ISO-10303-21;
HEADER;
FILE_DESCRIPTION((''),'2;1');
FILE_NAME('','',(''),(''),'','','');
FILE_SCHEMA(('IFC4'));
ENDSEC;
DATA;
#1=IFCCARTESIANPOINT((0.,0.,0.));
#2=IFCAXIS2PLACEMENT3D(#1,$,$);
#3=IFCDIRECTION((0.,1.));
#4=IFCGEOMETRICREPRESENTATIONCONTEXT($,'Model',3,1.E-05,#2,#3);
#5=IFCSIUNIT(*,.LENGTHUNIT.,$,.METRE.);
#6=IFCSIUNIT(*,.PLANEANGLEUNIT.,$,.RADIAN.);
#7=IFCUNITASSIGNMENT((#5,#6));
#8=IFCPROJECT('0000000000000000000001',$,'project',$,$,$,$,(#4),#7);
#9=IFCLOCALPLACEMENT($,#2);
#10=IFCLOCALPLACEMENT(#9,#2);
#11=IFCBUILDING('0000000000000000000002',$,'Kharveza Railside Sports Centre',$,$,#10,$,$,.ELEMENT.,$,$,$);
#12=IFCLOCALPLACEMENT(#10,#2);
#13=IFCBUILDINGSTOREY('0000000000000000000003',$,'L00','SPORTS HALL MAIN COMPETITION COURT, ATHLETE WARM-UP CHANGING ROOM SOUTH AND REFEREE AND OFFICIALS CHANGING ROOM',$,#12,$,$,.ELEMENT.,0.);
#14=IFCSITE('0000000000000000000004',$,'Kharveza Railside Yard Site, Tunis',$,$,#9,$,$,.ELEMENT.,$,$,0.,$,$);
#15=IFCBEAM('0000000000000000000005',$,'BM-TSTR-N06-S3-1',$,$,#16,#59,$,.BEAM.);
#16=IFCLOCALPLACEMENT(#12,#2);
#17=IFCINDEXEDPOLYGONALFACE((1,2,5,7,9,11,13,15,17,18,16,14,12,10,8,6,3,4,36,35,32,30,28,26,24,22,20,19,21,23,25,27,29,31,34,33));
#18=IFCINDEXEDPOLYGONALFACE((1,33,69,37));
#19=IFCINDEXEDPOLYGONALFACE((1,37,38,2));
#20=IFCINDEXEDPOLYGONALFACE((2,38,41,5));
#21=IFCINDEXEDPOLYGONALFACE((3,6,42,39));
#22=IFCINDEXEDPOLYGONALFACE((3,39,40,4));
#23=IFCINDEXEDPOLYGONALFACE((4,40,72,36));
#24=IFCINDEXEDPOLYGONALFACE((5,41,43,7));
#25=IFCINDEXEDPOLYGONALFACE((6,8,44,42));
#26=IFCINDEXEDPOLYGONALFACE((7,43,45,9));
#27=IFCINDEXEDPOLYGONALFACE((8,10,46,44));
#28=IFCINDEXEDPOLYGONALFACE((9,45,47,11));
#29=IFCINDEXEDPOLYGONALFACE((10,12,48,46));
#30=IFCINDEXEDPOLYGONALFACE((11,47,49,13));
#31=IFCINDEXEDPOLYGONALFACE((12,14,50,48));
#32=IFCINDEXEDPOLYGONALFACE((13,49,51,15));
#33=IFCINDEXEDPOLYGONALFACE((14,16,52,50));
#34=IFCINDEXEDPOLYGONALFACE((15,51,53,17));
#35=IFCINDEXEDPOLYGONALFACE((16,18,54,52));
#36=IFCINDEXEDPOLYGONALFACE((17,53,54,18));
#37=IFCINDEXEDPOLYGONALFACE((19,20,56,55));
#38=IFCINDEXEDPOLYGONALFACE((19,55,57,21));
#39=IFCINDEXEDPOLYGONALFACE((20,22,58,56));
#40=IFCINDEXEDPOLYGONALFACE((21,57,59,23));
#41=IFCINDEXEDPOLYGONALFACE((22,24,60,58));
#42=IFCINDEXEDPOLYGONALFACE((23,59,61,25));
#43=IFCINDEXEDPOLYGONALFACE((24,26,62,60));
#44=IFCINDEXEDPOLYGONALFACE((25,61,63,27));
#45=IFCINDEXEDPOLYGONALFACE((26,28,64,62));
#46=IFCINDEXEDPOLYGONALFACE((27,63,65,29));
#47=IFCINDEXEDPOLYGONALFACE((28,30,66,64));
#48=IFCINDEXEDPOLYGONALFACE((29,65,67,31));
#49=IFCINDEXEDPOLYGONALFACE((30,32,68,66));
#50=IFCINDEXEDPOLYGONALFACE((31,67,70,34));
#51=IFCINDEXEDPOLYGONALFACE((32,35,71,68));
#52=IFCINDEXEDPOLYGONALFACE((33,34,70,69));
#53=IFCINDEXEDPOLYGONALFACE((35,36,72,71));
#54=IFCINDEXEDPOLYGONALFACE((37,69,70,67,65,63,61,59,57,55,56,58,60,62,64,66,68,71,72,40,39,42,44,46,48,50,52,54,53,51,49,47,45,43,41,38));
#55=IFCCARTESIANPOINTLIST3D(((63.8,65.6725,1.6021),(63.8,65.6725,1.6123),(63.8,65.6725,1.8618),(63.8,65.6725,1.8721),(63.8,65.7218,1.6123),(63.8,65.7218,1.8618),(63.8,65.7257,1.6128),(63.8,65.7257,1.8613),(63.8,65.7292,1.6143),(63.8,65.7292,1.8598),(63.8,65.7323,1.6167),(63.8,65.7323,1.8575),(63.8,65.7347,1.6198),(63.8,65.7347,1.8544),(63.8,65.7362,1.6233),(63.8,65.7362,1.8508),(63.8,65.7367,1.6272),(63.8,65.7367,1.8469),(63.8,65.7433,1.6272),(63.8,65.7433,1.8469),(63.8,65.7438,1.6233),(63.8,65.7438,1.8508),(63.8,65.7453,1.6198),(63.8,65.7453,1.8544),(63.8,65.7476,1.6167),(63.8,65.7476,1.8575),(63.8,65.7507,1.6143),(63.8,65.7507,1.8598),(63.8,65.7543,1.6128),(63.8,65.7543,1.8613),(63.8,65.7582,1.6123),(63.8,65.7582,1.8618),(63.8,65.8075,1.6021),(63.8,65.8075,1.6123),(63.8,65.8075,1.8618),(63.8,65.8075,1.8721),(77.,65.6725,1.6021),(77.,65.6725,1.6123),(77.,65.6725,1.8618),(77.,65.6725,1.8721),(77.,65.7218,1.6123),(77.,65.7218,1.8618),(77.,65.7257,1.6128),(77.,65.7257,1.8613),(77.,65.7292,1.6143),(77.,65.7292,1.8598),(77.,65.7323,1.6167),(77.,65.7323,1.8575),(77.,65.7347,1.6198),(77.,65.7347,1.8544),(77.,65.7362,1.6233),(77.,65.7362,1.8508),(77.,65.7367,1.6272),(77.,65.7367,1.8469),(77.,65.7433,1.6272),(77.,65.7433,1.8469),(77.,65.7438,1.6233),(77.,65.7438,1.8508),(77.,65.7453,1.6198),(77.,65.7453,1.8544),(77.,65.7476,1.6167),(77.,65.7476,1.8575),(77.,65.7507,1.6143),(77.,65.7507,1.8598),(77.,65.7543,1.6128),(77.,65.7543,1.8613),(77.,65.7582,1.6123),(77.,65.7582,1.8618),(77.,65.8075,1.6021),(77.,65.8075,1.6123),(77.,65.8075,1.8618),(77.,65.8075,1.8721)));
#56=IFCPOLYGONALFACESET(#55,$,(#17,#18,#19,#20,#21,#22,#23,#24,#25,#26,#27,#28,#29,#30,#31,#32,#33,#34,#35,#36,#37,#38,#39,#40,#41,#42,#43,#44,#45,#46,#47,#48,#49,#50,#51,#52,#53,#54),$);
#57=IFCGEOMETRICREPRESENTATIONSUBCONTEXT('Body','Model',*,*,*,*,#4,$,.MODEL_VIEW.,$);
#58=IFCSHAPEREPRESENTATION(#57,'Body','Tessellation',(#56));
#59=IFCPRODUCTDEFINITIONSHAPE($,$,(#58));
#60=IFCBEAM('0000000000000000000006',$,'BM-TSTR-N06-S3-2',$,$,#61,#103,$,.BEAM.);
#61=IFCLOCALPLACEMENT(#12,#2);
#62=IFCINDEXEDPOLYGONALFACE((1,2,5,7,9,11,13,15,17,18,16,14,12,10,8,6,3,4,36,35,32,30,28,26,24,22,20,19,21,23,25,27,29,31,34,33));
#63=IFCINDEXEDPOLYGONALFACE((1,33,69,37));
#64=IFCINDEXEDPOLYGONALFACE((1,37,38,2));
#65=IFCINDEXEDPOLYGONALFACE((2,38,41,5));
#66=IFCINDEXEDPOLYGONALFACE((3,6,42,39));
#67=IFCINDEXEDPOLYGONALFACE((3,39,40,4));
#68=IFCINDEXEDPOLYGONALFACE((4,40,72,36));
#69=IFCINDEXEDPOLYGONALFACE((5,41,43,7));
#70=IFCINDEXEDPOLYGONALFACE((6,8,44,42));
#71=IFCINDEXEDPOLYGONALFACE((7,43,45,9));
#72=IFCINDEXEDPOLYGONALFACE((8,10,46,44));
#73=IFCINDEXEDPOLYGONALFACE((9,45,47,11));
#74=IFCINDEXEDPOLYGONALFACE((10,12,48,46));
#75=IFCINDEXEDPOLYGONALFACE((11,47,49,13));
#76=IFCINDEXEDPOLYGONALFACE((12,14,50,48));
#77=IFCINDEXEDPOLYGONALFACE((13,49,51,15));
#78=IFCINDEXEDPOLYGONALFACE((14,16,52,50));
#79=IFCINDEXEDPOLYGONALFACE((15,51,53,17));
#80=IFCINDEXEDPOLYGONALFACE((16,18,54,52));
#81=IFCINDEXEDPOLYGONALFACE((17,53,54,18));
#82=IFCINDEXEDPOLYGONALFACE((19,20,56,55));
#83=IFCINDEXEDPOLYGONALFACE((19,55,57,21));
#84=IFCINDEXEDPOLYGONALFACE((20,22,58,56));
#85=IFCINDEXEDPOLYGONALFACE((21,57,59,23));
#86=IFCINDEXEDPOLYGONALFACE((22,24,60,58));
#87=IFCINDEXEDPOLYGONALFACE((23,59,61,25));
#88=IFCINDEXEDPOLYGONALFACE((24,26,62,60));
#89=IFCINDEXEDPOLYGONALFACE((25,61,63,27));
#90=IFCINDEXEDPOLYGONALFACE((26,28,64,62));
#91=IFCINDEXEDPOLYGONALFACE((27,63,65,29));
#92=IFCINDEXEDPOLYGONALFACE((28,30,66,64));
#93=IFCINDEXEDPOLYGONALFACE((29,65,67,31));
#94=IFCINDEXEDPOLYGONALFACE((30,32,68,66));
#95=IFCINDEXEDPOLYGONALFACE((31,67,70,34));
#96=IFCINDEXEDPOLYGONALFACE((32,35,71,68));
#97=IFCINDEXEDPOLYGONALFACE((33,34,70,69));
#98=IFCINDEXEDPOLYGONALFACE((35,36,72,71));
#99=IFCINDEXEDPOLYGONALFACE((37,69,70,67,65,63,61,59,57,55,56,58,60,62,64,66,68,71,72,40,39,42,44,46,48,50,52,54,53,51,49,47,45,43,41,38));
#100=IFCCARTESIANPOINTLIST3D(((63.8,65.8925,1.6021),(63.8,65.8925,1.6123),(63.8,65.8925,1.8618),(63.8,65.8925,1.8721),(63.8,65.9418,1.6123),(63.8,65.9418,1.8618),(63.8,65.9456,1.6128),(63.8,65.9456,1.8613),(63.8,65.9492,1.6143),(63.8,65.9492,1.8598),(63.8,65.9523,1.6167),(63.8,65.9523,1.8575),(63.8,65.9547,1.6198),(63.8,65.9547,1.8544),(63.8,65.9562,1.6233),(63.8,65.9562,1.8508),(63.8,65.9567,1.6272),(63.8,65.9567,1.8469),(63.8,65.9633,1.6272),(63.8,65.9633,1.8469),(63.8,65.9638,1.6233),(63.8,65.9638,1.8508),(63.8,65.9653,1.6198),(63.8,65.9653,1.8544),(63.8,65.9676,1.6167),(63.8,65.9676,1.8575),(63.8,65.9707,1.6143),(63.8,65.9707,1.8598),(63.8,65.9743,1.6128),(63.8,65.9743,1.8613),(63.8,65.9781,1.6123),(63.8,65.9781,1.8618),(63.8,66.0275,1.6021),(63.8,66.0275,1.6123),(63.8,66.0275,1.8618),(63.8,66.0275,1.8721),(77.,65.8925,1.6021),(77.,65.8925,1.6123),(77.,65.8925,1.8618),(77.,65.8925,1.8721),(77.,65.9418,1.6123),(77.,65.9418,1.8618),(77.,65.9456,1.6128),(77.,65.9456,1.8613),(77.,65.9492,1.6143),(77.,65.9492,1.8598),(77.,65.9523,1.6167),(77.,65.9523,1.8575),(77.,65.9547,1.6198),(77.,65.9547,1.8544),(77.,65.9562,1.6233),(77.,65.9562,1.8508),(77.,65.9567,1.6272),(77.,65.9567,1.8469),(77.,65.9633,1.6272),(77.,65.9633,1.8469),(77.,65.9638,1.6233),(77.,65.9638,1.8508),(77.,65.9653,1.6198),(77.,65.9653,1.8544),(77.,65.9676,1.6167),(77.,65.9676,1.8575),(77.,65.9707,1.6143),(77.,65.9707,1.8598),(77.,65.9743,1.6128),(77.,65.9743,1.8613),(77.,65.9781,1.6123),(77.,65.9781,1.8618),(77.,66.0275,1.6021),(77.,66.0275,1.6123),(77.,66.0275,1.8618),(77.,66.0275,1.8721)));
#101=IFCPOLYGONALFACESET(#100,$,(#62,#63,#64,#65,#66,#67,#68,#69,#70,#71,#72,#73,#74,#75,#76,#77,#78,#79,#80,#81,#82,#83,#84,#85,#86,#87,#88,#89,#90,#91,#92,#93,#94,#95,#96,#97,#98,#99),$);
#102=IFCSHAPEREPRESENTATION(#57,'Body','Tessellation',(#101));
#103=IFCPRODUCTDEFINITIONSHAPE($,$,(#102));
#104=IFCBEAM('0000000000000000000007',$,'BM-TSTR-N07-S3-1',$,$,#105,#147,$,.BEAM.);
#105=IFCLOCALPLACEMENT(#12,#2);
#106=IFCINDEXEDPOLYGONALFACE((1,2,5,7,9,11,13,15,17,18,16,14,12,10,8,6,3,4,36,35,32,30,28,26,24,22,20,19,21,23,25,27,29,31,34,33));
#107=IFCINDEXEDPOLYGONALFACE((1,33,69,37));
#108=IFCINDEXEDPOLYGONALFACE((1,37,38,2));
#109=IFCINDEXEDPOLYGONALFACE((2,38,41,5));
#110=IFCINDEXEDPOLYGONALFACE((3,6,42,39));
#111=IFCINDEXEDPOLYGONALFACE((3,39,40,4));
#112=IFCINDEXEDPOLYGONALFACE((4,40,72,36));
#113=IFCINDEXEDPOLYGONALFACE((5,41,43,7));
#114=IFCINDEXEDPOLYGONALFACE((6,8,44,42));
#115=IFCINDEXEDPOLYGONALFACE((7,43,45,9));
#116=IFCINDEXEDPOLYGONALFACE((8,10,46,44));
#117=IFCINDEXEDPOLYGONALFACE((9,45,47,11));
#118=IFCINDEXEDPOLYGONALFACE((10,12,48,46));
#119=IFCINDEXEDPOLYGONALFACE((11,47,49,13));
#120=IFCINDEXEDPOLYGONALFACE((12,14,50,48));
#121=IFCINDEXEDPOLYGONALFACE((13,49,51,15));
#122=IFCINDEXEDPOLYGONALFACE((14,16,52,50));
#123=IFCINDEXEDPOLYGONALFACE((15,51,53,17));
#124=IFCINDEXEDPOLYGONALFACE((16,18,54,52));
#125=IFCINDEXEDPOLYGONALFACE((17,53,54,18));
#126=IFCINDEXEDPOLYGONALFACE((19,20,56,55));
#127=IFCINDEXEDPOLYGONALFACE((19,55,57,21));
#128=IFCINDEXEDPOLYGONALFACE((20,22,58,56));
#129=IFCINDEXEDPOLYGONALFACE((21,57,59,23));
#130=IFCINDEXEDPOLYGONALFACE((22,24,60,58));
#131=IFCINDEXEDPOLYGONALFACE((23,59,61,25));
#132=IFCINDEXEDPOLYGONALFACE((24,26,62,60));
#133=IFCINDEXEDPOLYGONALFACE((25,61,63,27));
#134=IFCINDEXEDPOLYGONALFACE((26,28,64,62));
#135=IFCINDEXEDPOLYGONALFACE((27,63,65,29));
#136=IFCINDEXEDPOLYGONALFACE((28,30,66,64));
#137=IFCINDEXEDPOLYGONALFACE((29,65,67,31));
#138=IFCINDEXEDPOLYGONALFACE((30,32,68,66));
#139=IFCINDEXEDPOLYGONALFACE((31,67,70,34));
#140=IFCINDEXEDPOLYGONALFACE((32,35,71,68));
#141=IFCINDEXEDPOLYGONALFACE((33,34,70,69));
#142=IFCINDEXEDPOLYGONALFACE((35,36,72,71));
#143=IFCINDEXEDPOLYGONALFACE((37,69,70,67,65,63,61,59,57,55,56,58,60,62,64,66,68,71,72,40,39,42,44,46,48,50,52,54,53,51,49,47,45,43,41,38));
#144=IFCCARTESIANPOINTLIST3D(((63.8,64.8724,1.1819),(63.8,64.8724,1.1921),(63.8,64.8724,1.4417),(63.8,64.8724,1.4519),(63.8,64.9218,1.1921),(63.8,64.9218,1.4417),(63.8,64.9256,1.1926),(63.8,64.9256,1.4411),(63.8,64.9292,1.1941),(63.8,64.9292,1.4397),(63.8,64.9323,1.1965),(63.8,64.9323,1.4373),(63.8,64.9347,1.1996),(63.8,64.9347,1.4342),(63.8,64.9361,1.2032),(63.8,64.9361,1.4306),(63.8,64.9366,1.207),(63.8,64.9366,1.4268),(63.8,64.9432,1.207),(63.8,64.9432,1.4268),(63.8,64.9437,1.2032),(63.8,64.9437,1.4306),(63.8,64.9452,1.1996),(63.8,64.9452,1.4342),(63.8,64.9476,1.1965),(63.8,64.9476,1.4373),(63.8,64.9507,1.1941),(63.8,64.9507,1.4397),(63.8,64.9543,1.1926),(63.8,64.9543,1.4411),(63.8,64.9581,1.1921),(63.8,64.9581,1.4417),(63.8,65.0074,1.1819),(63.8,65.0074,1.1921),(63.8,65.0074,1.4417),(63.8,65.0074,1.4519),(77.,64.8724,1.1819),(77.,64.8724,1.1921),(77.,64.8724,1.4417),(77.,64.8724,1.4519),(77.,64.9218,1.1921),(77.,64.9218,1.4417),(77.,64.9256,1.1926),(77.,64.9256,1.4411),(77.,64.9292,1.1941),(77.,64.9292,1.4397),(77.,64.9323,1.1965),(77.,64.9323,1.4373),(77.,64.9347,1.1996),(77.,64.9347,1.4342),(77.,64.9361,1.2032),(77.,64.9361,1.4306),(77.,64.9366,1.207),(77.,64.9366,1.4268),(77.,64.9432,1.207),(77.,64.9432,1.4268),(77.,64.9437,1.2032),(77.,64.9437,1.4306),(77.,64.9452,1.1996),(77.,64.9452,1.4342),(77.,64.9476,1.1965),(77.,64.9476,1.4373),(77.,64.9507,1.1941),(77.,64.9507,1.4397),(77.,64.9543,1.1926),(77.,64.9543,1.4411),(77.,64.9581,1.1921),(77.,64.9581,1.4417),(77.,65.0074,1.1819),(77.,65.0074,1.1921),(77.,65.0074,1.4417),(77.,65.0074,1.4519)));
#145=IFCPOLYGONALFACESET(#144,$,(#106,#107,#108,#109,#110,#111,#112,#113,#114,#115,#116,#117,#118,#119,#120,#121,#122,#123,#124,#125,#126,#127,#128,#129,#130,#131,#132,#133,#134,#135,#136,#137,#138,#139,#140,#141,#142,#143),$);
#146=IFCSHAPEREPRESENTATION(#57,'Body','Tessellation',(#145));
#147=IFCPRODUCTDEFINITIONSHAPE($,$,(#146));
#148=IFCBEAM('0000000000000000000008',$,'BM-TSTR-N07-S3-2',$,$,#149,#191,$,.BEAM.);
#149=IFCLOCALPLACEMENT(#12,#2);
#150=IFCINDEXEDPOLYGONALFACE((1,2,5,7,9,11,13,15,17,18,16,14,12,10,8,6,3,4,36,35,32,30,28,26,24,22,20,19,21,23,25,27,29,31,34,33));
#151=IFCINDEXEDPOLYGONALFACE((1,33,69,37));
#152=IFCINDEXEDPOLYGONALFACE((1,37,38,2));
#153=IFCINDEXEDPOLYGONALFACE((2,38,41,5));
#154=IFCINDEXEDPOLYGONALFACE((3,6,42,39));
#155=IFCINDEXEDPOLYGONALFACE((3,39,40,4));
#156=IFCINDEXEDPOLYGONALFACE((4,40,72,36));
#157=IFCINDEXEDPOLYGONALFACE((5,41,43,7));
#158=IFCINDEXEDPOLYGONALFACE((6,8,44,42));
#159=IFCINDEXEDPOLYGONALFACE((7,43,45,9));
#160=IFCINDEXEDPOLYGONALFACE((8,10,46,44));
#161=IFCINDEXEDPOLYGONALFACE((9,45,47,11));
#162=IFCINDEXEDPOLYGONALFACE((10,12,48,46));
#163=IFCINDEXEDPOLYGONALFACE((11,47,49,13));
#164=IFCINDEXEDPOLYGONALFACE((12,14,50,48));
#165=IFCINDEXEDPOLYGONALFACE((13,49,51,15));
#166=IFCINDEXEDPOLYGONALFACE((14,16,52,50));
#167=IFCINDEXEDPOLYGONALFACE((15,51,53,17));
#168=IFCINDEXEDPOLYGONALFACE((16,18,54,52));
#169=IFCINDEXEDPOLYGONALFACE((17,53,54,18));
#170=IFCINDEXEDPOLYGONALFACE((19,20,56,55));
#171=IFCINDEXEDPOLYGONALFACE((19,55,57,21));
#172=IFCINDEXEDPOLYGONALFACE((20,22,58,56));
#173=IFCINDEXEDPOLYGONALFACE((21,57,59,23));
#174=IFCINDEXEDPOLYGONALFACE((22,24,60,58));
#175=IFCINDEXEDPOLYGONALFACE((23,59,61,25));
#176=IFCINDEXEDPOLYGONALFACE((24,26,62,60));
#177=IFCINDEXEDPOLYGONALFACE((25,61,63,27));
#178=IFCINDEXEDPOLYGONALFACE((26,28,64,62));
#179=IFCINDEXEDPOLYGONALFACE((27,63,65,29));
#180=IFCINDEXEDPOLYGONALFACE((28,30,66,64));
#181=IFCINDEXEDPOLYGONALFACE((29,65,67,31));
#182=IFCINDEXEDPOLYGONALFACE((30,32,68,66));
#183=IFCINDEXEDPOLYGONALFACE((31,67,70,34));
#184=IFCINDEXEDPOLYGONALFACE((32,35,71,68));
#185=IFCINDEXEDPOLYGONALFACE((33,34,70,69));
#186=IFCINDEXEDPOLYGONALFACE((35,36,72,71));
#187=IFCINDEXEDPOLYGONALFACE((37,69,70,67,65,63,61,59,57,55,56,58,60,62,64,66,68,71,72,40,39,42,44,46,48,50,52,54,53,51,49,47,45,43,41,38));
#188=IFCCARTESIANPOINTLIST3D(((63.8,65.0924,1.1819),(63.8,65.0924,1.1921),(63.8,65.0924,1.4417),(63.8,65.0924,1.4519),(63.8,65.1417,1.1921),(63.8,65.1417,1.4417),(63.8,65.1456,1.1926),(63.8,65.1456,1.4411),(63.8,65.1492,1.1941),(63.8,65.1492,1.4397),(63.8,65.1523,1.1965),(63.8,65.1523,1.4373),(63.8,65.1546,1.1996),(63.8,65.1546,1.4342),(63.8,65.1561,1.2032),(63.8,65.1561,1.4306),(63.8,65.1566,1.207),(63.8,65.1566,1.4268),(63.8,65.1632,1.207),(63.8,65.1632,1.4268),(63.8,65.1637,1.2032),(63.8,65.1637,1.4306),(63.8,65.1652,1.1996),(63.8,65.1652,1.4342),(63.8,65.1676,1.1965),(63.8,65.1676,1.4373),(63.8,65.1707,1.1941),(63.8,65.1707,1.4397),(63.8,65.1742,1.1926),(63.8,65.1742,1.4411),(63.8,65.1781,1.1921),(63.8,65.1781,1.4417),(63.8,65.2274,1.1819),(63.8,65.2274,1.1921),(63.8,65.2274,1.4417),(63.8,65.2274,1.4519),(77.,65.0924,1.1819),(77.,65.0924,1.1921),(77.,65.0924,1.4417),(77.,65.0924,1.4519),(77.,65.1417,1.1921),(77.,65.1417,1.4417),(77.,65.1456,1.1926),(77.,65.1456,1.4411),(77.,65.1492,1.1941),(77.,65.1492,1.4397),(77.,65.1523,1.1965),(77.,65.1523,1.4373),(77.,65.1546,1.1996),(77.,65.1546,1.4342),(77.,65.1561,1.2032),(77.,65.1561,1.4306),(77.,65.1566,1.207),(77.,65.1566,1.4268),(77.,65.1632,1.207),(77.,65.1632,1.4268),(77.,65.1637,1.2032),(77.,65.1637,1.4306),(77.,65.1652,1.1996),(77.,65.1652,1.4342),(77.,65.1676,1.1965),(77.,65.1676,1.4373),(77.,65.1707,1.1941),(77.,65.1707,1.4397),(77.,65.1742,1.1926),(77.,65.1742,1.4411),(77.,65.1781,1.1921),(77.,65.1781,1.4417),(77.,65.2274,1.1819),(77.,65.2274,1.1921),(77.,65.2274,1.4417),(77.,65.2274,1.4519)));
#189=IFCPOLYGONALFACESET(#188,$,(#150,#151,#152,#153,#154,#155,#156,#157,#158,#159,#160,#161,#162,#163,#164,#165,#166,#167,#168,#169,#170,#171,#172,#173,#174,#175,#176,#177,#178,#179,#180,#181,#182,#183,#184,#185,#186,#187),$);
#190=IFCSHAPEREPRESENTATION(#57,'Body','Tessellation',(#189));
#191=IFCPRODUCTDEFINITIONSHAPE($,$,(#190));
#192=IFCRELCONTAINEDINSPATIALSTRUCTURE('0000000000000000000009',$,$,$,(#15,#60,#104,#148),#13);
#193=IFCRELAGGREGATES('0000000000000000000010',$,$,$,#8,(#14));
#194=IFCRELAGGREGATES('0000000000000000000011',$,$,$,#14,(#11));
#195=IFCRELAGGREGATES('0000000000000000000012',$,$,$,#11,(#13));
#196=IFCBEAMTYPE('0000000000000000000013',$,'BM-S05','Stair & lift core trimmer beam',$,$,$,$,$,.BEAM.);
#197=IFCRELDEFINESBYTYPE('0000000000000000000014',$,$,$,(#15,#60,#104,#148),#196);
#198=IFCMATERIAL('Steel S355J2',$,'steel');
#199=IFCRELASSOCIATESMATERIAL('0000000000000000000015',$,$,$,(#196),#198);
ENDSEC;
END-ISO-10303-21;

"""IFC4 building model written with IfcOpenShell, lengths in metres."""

from ifc_helpers import new_model, si_unit, direction, frame, origin, origin_2d, place, context, subcontext, project, spatial, i_section, extrude, material, material_profile, profile_set, type_object, element, save


model = new_model("IFC4")

# Units and contexts
model_context = context("Model", 3, precision=1e-05, world=origin(), true_north=direction((0.0, 1.0)))
body_context = subcontext(model_context, "Body", "Model", "MODEL_VIEW")
ifc_project = project(units=[si_unit("LENGTHUNIT", "METRE"), si_unit("PLANEANGLEUNIT", "RADIAN")], contexts=[model_context])

# Site, building, storey
site_placement = place(None, origin())
site = spatial("IfcSite", under=ifc_project, at=site_placement, Name="Kharveza Railside Yard Site, Tunis", CompositionType="ELEMENT", RefElevation=0.0)
building_placement = place(site_placement, origin())
building = spatial("IfcBuilding", under=site, at=building_placement, Name="Kharveza Railside Sports Centre", CompositionType="ELEMENT")
storey_placement = place(building_placement, origin())
storey = spatial("IfcBuildingStorey", under=building, at=storey_placement, Name="L00", Description="SPORTS HALL MAIN COMPETITION COURT, ATHLETE WARM-UP CHANGING ROOM SOUTH AND REFEREE AND OFFICIALS CHANGING ROOM", CompositionType="ELEMENT", Elevation=0.0)

# Shared definitions
ifc_material_1 = material(Name="Steel S355J2", Category="steel")

# Beams
ifc_material_profile_1 = material_profile(ifc_material_1, i_section(OverallWidth=0.135, OverallDepth=0.27, WebThickness=0.0066, FlangeThickness=0.0103, FilletRadius=0.0149, at=origin_2d()), Name="IPE 270")
ifc_profile_set_1 = profile_set([ifc_material_profile_1], Name="Steel S355J2")
beam_type = type_object("IfcBeamType", Name="BM-S05", Description="Stair & lift core trimmer beam", PredefinedType="BEAM", material=ifc_profile_set_1)
for number, where, z_axis, x_axis, name in (
    (1, (63.8, 65.74, 1.7371), (1.0, 0.0, 0.0), (0.0, 1.0, 0.0), "BM-TSTR-N06-S3-1"),
    (2, (63.8, 65.96, 1.7371), (1.0, 0.0, 0.0), (0.0, 1.0, 0.0), "BM-TSTR-N06-S3-2"),
    (3, (63.8, 64.9399, 1.3169), (1.0, 0.0, 0.0), (0.0, 1.0, 0.0), "BM-TSTR-N07-S3-1"),
    (4, (63.8, 65.1599, 1.3169), (1.0, 0.0, 0.0), (0.0, 1.0, 0.0), "BM-TSTR-N07-S3-2"),
):
    element("IfcBeam", number, at=place(storey_placement, frame(where, z_axis=z_axis, x_axis=x_axis)), inside=storey, type_object=beam_type, Name=name, PredefinedType="BEAM", context=body_context, shape_type="SweptSolid", body=[
        extrude(i_section(OverallWidth=0.135, OverallDepth=0.27, WebThickness=0.0066, FlangeThickness=0.0103, FilletRadius=0.0149, at=origin_2d()), origin(), (0.0, 0.0, 1.0), 13.2),
    ])

save(model, "model.ifc")
